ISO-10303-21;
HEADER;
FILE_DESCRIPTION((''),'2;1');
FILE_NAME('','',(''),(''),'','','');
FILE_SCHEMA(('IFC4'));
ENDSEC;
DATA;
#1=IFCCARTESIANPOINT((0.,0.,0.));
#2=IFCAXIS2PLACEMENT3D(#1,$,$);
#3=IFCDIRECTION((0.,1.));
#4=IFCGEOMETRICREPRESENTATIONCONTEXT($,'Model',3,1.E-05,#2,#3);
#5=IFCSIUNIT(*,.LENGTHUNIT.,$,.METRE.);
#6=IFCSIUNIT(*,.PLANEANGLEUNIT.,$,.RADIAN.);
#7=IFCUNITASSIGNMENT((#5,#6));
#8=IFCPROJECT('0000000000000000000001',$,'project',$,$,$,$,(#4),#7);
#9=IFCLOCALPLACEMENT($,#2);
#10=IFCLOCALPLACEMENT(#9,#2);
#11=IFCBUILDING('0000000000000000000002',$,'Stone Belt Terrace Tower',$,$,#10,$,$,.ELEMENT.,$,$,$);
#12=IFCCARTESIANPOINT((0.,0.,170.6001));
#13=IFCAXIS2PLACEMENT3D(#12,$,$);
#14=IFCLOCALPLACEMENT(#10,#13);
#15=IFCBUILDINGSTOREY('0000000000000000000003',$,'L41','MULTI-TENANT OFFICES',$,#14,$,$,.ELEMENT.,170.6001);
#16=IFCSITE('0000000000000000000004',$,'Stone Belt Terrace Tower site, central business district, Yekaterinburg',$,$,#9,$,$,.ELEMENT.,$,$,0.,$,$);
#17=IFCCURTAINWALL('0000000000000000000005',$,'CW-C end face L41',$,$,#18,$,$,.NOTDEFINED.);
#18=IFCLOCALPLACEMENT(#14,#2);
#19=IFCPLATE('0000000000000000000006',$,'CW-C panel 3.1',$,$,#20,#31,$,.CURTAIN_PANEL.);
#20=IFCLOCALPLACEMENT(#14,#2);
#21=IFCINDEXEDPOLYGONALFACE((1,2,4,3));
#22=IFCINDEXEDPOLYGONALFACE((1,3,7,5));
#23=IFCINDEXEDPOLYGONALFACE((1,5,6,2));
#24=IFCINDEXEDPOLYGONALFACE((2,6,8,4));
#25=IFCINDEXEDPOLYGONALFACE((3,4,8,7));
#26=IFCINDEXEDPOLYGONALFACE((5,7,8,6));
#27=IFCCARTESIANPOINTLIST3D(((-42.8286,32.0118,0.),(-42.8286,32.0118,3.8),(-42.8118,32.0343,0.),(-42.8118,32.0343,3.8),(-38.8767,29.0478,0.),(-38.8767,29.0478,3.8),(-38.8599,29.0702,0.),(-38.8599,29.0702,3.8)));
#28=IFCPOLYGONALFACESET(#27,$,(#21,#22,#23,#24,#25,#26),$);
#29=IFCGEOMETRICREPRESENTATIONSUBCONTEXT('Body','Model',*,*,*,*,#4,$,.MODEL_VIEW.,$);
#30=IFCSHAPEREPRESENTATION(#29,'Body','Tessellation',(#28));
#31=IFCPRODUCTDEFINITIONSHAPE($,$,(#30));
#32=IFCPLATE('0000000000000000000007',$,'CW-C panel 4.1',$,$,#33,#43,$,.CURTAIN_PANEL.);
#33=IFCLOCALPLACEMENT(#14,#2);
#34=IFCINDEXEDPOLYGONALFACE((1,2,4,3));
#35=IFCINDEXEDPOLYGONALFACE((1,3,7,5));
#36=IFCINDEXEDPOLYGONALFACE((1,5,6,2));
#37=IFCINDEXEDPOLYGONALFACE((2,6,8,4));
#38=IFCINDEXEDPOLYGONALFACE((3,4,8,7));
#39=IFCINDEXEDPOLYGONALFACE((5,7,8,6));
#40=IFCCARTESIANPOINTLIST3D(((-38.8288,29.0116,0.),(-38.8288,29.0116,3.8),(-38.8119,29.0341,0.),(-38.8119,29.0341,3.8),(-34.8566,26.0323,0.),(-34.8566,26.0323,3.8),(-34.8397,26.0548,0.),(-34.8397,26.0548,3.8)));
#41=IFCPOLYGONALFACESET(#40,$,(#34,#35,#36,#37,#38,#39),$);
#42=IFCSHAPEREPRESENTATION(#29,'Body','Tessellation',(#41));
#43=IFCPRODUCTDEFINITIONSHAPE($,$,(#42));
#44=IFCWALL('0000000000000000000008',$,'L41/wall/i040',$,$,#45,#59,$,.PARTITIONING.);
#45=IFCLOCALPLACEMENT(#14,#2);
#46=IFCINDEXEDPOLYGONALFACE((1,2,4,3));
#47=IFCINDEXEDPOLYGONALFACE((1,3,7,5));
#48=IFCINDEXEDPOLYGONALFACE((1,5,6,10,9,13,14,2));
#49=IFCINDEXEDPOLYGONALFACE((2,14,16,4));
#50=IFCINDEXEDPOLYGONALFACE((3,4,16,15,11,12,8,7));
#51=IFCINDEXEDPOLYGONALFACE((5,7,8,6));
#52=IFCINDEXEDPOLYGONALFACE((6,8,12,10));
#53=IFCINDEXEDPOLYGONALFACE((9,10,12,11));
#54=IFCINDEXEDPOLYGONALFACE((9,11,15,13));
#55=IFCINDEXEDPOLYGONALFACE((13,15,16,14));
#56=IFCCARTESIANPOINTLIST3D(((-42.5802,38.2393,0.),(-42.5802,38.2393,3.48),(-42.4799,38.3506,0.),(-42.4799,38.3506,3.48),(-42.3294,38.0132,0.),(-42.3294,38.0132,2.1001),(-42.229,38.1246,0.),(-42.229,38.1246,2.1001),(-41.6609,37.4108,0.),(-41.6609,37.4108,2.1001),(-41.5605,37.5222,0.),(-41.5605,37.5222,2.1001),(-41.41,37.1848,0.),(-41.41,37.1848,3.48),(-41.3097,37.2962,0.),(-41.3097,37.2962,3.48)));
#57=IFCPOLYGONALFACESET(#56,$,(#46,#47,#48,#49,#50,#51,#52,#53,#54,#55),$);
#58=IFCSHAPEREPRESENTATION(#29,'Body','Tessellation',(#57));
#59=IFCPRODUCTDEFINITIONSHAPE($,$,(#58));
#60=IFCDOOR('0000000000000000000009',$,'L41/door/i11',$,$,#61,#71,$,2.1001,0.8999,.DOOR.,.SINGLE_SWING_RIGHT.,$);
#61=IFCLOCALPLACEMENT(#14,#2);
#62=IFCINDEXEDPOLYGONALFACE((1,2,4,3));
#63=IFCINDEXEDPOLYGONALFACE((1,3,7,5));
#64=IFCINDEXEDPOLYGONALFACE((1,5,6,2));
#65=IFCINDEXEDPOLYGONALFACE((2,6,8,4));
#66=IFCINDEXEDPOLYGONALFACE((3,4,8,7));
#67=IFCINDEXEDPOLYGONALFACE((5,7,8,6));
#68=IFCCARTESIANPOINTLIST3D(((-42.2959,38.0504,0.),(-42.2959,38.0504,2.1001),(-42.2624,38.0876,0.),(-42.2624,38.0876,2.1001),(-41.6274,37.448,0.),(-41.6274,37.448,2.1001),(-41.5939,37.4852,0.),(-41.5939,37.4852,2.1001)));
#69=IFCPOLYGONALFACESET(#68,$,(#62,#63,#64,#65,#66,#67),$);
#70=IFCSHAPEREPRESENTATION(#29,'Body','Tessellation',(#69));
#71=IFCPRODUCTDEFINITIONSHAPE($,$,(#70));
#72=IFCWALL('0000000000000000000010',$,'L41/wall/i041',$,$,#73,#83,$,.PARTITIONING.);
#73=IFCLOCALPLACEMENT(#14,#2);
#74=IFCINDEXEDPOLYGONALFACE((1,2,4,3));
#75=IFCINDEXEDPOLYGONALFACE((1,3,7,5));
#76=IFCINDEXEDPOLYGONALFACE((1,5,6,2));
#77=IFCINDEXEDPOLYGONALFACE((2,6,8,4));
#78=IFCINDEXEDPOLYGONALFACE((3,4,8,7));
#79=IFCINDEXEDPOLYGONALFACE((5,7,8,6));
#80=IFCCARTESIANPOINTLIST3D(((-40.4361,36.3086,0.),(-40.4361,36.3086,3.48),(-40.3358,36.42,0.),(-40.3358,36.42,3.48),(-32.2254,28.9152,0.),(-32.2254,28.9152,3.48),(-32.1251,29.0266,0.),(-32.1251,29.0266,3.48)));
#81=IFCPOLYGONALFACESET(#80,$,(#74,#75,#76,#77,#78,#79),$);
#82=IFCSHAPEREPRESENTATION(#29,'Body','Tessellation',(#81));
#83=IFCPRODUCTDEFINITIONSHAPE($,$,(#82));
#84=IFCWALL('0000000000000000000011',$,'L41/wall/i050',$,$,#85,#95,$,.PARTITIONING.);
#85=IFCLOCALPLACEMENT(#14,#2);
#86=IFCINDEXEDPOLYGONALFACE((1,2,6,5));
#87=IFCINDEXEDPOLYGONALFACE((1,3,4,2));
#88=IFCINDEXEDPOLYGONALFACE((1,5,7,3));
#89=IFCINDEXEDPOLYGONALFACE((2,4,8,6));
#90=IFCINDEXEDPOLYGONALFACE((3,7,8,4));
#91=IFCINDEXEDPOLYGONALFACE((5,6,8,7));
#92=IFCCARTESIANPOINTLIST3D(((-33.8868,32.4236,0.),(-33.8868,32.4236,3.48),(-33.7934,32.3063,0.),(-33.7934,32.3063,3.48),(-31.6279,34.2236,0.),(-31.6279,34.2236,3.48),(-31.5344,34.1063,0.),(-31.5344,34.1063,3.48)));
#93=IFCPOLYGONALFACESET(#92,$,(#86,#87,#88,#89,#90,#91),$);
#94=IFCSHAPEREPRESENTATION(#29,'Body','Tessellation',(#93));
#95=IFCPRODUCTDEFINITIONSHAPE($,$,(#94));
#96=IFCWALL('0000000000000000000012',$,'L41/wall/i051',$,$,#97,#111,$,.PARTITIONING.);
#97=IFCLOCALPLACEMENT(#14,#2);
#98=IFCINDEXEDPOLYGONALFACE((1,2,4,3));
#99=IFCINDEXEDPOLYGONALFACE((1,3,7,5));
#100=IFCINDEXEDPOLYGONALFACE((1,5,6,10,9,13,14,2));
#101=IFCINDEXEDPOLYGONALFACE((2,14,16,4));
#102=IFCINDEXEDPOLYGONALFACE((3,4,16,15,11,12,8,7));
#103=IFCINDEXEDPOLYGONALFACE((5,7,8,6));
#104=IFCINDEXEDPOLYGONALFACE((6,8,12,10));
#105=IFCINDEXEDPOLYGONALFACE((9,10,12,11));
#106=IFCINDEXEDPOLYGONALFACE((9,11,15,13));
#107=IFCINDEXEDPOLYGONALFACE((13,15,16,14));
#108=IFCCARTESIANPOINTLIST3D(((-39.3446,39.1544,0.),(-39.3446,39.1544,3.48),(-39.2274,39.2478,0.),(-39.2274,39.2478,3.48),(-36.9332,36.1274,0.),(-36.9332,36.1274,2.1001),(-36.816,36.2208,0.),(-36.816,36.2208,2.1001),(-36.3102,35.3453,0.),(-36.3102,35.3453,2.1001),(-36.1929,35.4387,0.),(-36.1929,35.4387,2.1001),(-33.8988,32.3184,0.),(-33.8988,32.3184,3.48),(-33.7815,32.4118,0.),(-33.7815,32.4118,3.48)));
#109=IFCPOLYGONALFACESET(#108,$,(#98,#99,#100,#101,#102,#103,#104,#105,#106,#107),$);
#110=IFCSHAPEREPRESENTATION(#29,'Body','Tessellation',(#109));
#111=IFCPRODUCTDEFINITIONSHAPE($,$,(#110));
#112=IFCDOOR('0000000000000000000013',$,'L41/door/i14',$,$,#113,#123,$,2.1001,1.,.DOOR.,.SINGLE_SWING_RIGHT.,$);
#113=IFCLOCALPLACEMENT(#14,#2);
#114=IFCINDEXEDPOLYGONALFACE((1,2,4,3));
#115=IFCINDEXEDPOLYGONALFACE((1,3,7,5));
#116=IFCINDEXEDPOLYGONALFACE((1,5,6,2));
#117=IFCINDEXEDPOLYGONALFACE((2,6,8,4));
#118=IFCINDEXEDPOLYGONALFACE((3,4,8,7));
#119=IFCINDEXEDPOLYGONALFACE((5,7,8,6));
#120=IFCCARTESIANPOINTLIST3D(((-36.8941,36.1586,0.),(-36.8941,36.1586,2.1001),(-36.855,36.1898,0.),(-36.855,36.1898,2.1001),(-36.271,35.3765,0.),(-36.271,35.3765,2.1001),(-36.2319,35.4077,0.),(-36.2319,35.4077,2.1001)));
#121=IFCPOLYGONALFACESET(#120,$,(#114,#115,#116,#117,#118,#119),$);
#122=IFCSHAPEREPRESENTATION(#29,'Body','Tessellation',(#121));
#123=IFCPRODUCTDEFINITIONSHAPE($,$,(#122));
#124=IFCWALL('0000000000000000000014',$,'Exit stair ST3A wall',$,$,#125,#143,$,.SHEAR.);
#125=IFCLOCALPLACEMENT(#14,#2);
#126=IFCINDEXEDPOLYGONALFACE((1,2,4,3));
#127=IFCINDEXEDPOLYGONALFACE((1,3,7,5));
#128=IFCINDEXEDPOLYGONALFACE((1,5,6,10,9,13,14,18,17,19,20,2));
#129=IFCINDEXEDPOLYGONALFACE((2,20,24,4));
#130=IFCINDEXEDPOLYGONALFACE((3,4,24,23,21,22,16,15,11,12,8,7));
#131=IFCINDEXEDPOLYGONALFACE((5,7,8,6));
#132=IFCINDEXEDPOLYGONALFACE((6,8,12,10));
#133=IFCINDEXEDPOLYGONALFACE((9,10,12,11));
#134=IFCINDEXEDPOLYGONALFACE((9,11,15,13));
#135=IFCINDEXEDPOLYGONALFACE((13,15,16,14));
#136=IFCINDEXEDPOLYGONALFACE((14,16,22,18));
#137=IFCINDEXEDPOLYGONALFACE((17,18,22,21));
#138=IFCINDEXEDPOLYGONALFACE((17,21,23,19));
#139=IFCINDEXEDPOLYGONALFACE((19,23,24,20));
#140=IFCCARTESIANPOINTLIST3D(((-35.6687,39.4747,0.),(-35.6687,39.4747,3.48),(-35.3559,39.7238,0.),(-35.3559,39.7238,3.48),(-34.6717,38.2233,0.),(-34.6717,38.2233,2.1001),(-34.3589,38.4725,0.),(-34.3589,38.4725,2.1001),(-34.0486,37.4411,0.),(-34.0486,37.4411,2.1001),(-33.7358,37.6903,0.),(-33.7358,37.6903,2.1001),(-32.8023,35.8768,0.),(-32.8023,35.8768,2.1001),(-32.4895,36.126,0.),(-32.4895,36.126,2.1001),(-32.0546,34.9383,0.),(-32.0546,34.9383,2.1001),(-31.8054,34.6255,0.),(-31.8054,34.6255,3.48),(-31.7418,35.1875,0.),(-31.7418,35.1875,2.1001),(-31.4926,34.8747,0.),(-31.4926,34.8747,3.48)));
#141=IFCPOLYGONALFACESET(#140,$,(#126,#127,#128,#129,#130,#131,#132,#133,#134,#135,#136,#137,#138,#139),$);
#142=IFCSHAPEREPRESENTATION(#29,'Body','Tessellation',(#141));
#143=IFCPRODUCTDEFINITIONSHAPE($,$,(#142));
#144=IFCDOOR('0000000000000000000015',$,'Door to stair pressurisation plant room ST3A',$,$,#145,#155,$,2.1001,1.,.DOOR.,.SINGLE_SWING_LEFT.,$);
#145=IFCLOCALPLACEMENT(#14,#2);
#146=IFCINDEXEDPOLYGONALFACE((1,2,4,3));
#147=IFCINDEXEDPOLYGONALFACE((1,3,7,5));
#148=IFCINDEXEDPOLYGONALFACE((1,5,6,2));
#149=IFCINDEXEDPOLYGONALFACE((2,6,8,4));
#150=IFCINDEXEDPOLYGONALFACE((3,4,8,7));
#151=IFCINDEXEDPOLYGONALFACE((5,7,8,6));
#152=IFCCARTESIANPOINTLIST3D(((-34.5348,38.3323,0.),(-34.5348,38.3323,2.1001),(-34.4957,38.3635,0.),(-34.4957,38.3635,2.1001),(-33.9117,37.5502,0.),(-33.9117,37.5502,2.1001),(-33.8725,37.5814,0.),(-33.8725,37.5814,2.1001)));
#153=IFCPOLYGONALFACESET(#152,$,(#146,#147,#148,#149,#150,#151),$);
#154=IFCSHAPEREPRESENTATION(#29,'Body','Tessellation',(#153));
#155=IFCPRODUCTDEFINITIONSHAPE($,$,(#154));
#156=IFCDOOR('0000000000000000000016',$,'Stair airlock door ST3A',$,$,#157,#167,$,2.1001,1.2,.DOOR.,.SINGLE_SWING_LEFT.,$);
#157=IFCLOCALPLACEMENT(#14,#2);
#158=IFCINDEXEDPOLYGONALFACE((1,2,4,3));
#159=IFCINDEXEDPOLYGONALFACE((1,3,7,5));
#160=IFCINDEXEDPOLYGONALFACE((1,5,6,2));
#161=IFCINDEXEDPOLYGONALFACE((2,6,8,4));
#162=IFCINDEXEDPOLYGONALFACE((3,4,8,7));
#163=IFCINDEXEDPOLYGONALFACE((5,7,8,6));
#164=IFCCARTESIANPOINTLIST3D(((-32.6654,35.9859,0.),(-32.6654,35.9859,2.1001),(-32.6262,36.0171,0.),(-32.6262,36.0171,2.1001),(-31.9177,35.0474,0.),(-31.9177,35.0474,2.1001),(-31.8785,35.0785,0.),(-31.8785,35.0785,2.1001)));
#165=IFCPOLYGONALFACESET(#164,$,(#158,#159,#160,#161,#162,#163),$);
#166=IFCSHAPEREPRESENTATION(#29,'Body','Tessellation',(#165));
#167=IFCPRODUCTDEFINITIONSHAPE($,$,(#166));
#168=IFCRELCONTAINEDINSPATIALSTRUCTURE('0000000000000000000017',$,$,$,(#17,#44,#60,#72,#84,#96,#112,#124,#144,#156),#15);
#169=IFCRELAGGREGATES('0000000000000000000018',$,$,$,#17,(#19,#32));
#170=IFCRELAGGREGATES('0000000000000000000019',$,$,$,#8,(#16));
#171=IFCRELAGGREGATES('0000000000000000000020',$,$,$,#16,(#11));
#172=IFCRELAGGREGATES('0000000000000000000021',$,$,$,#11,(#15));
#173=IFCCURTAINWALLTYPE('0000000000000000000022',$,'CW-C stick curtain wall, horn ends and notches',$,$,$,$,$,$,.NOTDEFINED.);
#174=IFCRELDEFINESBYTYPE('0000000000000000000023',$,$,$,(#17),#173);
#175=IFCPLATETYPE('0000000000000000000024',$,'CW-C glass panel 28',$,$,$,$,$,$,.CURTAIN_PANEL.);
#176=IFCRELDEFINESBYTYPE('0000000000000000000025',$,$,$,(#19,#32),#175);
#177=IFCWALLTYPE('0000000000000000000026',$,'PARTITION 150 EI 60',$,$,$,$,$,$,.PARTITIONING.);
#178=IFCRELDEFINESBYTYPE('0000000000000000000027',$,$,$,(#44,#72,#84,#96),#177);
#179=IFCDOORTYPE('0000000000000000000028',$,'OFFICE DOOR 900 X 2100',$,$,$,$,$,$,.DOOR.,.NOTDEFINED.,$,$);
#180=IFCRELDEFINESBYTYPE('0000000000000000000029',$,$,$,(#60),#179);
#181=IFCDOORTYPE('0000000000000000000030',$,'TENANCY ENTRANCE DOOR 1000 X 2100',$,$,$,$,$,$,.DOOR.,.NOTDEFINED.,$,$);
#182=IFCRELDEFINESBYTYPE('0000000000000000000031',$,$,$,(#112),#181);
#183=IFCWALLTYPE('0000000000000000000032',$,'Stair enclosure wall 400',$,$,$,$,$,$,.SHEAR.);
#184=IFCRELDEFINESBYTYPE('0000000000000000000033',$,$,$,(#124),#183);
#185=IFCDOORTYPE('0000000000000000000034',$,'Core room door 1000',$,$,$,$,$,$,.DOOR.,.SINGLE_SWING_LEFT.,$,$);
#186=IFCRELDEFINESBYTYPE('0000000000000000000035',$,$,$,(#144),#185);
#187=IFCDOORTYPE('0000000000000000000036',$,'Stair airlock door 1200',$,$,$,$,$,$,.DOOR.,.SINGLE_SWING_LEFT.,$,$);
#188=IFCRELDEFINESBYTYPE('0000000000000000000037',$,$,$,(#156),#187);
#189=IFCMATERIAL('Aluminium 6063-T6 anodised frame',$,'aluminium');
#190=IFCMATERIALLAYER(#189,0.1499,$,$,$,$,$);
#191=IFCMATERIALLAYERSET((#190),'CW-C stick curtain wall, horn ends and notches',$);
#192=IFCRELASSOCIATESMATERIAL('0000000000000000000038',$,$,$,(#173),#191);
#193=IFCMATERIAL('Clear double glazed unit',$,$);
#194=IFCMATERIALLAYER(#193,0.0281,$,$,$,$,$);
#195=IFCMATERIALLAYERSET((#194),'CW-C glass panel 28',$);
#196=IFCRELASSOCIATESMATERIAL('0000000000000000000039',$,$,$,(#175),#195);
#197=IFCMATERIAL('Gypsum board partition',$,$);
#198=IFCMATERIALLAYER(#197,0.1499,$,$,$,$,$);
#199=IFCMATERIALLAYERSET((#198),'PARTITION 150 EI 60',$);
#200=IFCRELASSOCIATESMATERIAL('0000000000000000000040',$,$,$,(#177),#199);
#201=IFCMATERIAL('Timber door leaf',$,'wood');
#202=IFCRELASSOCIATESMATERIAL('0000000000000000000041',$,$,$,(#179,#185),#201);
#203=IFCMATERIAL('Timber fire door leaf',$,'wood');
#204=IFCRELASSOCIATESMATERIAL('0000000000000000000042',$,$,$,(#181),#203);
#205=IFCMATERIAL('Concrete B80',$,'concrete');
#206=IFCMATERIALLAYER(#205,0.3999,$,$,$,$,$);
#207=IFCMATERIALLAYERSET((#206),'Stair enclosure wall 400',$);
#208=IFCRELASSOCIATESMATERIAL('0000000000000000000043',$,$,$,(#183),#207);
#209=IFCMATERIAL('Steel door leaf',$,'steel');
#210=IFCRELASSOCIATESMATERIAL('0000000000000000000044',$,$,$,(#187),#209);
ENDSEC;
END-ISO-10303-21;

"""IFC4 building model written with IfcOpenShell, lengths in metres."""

from ifc_helpers import new_model, si_unit, direction, frame, frame_2d, origin, origin_2d, place, context, subcontext, project, spatial, rectangle, extrude, material, layer, layer_set, type_object, element, fill, aggregate, save


model = new_model("IFC4")

# Units and contexts
model_context = context("Model", 3, precision=1e-05, world=origin(), true_north=direction((0.0, 1.0)))
body_context = subcontext(model_context, "Body", "Model", "MODEL_VIEW")
ifc_project = project(units=[si_unit("LENGTHUNIT", "METRE"), si_unit("PLANEANGLEUNIT", "RADIAN")], contexts=[model_context])

# Site, building, storey
site_placement = place(None, origin())
site = spatial("IfcSite", under=ifc_project, at=site_placement, Name="Stone Belt Terrace Tower site, central business district, Yekaterinburg", CompositionType="ELEMENT", RefElevation=0.0)
building_placement = place(site_placement, origin())
building = spatial("IfcBuilding", under=site, at=building_placement, Name="Stone Belt Terrace Tower", CompositionType="ELEMENT")
storey_placement = place(building_placement, frame((0.0, 0.0, 170.6001)))
storey = spatial("IfcBuildingStorey", under=building, at=storey_placement, Name="L41", Description="MULTI-TENANT OFFICES", CompositionType="ELEMENT", Elevation=170.6001)

# Shared definitions
ifc_material_1 = material(Name="Concrete B80", Category="concrete")

# Curtain wall
ifc_material_2 = material(Name="Aluminium 6063-T6 anodised frame", Category="aluminium")
ifc_layer_1 = layer(ifc_material_2, 0.1499)
ifc_layer_set_1 = layer_set([ifc_layer_1], Name="CW-C stick curtain wall, horn ends and notches")
curtain_wall_type_1 = type_object("IfcCurtainWallType", Name="CW-C stick curtain wall, horn ends and notches", PredefinedType="NOTDEFINED", material=ifc_layer_set_1)
curtain_wall_1_placement = place(storey_placement, origin())
curtain_wall_1 = element("IfcCurtainWall", 1, at=curtain_wall_1_placement, inside=storey, type_object=curtain_wall_type_1, Name="CW-C end face L41", PredefinedType="NOTDEFINED")

# Plates
ifc_material_3 = material(Name="Clear double glazed unit")
ifc_layer_2 = layer(ifc_material_3, 0.0281)
ifc_layer_set_2 = layer_set([ifc_layer_2], Name="CW-C glass panel 28")
plate_type_1 = type_object("IfcPlateType", Name="CW-C glass panel 28", PredefinedType="CURTAIN_PANEL", material=ifc_layer_set_2)
plate_1_placement = place(storey_placement, frame((-40.8442, 30.541, 0.0), z_axis=(0.0, 0.0, 1.0), x_axis=(0.799987, -0.600018, 0.0)))
plate_1 = element("IfcPlate", 2, at=plate_1_placement, type_object=plate_type_1, Name="CW-C panel 3.1", PredefinedType="CURTAIN_PANEL", context=body_context, shape_type="SweptSolid", body=[
    extrude(rectangle(XDim=4.9399, YDim=0.0281, at=origin_2d()), origin(), (0.0, 0.0, 1.0), 3.8),
])
plate_2_placement = place(storey_placement, frame((-36.8342, 27.5332, 0.0), z_axis=(0.0, 0.0, 1.0), x_axis=(0.799987, -0.600018, 0.0)))
plate_2 = element("IfcPlate", 3, at=plate_2_placement, type_object=plate_type_1, Name="CW-C panel 4.1", PredefinedType="CURTAIN_PANEL", context=body_context, shape_type="SweptSolid", body=[
    extrude(rectangle(XDim=4.9653, YDim=0.0281, at=origin_2d()), origin(), (0.0, 0.0, 1.0), 3.8),
])
aggregate(curtain_wall_1, [plate_1, plate_2])

# Wall, opening, door
ifc_material_4 = material(Name="Gypsum board partition")
ifc_layer_3 = layer(ifc_material_4, 0.1499)
ifc_layer_set_3 = layer_set([ifc_layer_3], Name="PARTITION 150 EI 60")
wall_type_1 = type_object("IfcWallType", Name="PARTITION 150 EI 60", PredefinedType="PARTITIONING", material=ifc_layer_set_3)
wall_1_placement = place(storey_placement, frame((-41.3599, 37.2405, 0.0), z_axis=(0.0, 0.0, 1.0), x_axis=(-0.742886, 0.669418, 0.0)))
wall_1 = element("IfcWall", 4, at=wall_1_placement, inside=storey, type_object=wall_type_1, Name="L41/wall/i040", PredefinedType="PARTITIONING", context=body_context, shape_type="SweptSolid", body=[
    extrude(rectangle(XDim=1.5752, YDim=0.1499, at=frame_2d((0.7876, 0.0))), origin(), (0.0, 0.0, 1.0), 3.48),
])
opening_1_placement = place(wall_1_placement, frame((0.3376, 0.0, 0.0)))
opening_1 = element("IfcOpeningElement", 5, at=opening_1_placement, cuts=wall_1, PredefinedType="OPENING", context=body_context, shape_type="SweptSolid", body=[
    extrude(rectangle(XDim=0.8999, YDim=2.1001, at=frame_2d((0.45, 1.05))), frame((0.0, 0.085, 0.0), z_axis=(0.0, -1.0, 0.0), x_axis=(1.0, 0.0, 0.0)), (0.0, 0.0, 1.0), 0.1699),
])
ifc_material_5 = material(Name="Timber door leaf", Category="wood")
door_type_1 = type_object("IfcDoorType", Name="OFFICE DOOR 900 X 2100", OperationType="NOTDEFINED", PredefinedType="DOOR", material=ifc_material_5)
door_1_placement = place(opening_1_placement, origin())
door_1 = element("IfcDoor", 6, at=door_1_placement, inside=storey, type_object=door_type_1, Name="L41/door/i11", OperationType="SINGLE_SWING_RIGHT", OverallHeight=2.1001, OverallWidth=0.8999, PredefinedType="DOOR", context=body_context, shape_type="SweptSolid", body=[
    extrude(rectangle(XDim=0.8999, YDim=2.1001, at=frame_2d((0.45, 1.05))), frame((0.0, 0.0249, 0.0), z_axis=(0.0, -1.0, 0.0), x_axis=(1.0, 0.0, 0.0)), (0.0, 0.0, 1.0), 0.05),
])
fill(opening_1, door_1)

# Walls
wall_2_placement = place(storey_placement, frame((-40.386, 36.3643, 0.0), z_axis=(0.0, 0.0, 1.0), x_axis=(0.743128, -0.669149, 0.0)))
element("IfcWall", 7, at=wall_2_placement, inside=storey, type_object=wall_type_1, Name="L41/wall/i041", PredefinedType="PARTITIONING", context=body_context, shape_type="SweptSolid", body=[
    extrude(rectangle(XDim=11.0488, YDim=0.1499, at=frame_2d((5.5244, 0.0))), origin(), (0.0, 0.0, 1.0), 3.48),
])
wall_3_placement = place(storey_placement, frame((-31.5811, 34.165, 0.0), z_axis=(0.0, 0.0, 1.0), x_axis=(-0.78208, -0.623179, 0.0)))
element("IfcWall", 8, at=wall_3_placement, inside=storey, type_object=wall_type_1, Name="L41/wall/i050", PredefinedType="PARTITIONING", context=body_context, shape_type="SweptSolid", body=[
    extrude(rectangle(XDim=2.8884, YDim=0.1499, at=frame_2d((1.4443, 0.0))), origin(), (0.0, 0.0, 1.0), 3.48),
])

# Wall, opening, door
wall_4_placement = place(storey_placement, frame((-33.8401, 32.365, 0.0), z_axis=(0.0, 0.0, 1.0), x_axis=(-0.623093, 0.782148, 0.0)))
wall_4 = element("IfcWall", 9, at=wall_4_placement, inside=storey, type_object=wall_type_1, Name="L41/wall/i051", PredefinedType="PARTITIONING", context=body_context, shape_type="SweptSolid", body=[
    extrude(rectangle(XDim=8.74, YDim=0.1499, at=frame_2d((4.3701, 0.0))), origin(), (0.0, 0.0, 1.0), 3.48),
])
opening_2_placement = place(wall_4_placement, frame((3.8701, 0.0, 0.0)))
opening_2 = element("IfcOpeningElement", 10, at=opening_2_placement, cuts=wall_4, PredefinedType="OPENING", context=body_context, shape_type="SweptSolid", body=[
    extrude(rectangle(XDim=1.0, YDim=2.1001, at=frame_2d((0.5, 1.05))), frame((0.0, 0.085, 0.0), z_axis=(0.0, -1.0, 0.0), x_axis=(1.0, 0.0, 0.0)), (0.0, 0.0, 1.0), 0.1699),
])
ifc_material_6 = material(Name="Timber fire door leaf", Category="wood")
door_type_2 = type_object("IfcDoorType", Name="TENANCY ENTRANCE DOOR 1000 X 2100", OperationType="NOTDEFINED", PredefinedType="DOOR", material=ifc_material_6)
door_2_placement = place(opening_2_placement, origin())
door_2 = element("IfcDoor", 11, at=door_2_placement, inside=storey, type_object=door_type_2, Name="L41/door/i14", OperationType="SINGLE_SWING_RIGHT", OverallHeight=2.1001, OverallWidth=1.0, PredefinedType="DOOR", context=body_context, shape_type="SweptSolid", body=[
    extrude(rectangle(XDim=1.0, YDim=2.1001, at=frame_2d((0.5, 1.05))), frame((0.0, 0.0249, 0.0), z_axis=(0.0, -1.0, 0.0), x_axis=(1.0, 0.0, 0.0)), (0.0, 0.0, 1.0), 0.05),
])
fill(opening_2, door_2)

# Wall, openings, doors
ifc_layer_4 = layer(ifc_material_1, 0.3999)
ifc_layer_set_4 = layer_set([ifc_layer_4], Name="Stair enclosure wall 400")
wall_type_2 = type_object("IfcWallType", Name="Stair enclosure wall 400", PredefinedType="SHEAR", material=ifc_layer_set_4)
wall_5_placement = place(storey_placement, frame((-31.6489, 34.75, 0.0), z_axis=(0.0, 0.0, 1.0), x_axis=(-0.623119, 0.782127, 0.0)))
wall_5 = element("IfcWall", 12, at=wall_5_placement, inside=storey, type_object=wall_type_2, Name="Exit stair ST3A wall", PredefinedType="SHEAR", context=body_context, shape_type="SweptSolid", body=[
    extrude(rectangle(XDim=6.2, YDim=0.3999, at=frame_2d((3.1001, 0.0))), origin(), (0.0, 0.0, 1.0), 3.48),
])
opening_3_placement = place(wall_5_placement, frame((0.3999, 0.0, 0.0)))
opening_3 = element("IfcOpeningElement", 13, at=opening_3_placement, cuts=wall_5, PredefinedType="OPENING", context=body_context, shape_type="SweptSolid", body=[
    extrude(rectangle(XDim=1.2, YDim=2.1001, at=frame_2d((0.6001, 1.05))), frame((0.0, 0.21, 0.0), z_axis=(0.0, -1.0, 0.0), x_axis=(1.0, 0.0, 0.0)), (0.0, 0.0, 1.0), 0.4199),
])
opening_4_placement = place(wall_5_placement, frame((3.6001, 0.0, 0.0)))
opening_4 = element("IfcOpeningElement", 14, at=opening_4_placement, cuts=wall_5, PredefinedType="OPENING", context=body_context, shape_type="SweptSolid", body=[
    extrude(rectangle(XDim=1.0, YDim=2.1001, at=frame_2d((0.5, 1.05))), frame((0.0, 0.21, 0.0), z_axis=(0.0, -1.0, 0.0), x_axis=(1.0, 0.0, 0.0)), (0.0, 0.0, 1.0), 0.4199),
])
door_type_3 = type_object("IfcDoorType", Name="Core room door 1000", OperationType="SINGLE_SWING_LEFT", PredefinedType="DOOR", material=ifc_material_5)
door_3_placement = place(opening_4_placement, origin())
door_3 = element("IfcDoor", 15, at=door_3_placement, inside=storey, type_object=door_type_3, Name="Door to stair pressurisation plant room ST3A", OperationType="SINGLE_SWING_LEFT", OverallHeight=2.1001, OverallWidth=1.0, PredefinedType="DOOR", context=body_context, shape_type="SweptSolid", body=[
    extrude(rectangle(XDim=1.0, YDim=2.1001, at=frame_2d((0.5, 1.05))), frame((0.0, 0.0249, 0.0), z_axis=(0.0, -1.0, 0.0), x_axis=(1.0, 0.0, 0.0)), (0.0, 0.0, 1.0), 0.05),
])
fill(opening_4, door_3)
ifc_material_7 = material(Name="Steel door leaf", Category="steel")
door_type_4 = type_object("IfcDoorType", Name="Stair airlock door 1200", OperationType="SINGLE_SWING_LEFT", PredefinedType="DOOR", material=ifc_material_7)
door_4_placement = place(opening_3_placement, origin())
door_4 = element("IfcDoor", 16, at=door_4_placement, inside=storey, type_object=door_type_4, Name="Stair airlock door ST3A", OperationType="SINGLE_SWING_LEFT", OverallHeight=2.1001, OverallWidth=1.2, PredefinedType="DOOR", context=body_context, shape_type="SweptSolid", body=[
    extrude(rectangle(XDim=1.2, YDim=2.1001, at=frame_2d((0.6001, 1.05))), frame((0.0, 0.0249, 0.0), z_axis=(0.0, -1.0, 0.0), x_axis=(1.0, 0.0, 0.0)), (0.0, 0.0, 1.0), 0.05),
])
fill(opening_3, door_4)

save(model, "model.ifc")
